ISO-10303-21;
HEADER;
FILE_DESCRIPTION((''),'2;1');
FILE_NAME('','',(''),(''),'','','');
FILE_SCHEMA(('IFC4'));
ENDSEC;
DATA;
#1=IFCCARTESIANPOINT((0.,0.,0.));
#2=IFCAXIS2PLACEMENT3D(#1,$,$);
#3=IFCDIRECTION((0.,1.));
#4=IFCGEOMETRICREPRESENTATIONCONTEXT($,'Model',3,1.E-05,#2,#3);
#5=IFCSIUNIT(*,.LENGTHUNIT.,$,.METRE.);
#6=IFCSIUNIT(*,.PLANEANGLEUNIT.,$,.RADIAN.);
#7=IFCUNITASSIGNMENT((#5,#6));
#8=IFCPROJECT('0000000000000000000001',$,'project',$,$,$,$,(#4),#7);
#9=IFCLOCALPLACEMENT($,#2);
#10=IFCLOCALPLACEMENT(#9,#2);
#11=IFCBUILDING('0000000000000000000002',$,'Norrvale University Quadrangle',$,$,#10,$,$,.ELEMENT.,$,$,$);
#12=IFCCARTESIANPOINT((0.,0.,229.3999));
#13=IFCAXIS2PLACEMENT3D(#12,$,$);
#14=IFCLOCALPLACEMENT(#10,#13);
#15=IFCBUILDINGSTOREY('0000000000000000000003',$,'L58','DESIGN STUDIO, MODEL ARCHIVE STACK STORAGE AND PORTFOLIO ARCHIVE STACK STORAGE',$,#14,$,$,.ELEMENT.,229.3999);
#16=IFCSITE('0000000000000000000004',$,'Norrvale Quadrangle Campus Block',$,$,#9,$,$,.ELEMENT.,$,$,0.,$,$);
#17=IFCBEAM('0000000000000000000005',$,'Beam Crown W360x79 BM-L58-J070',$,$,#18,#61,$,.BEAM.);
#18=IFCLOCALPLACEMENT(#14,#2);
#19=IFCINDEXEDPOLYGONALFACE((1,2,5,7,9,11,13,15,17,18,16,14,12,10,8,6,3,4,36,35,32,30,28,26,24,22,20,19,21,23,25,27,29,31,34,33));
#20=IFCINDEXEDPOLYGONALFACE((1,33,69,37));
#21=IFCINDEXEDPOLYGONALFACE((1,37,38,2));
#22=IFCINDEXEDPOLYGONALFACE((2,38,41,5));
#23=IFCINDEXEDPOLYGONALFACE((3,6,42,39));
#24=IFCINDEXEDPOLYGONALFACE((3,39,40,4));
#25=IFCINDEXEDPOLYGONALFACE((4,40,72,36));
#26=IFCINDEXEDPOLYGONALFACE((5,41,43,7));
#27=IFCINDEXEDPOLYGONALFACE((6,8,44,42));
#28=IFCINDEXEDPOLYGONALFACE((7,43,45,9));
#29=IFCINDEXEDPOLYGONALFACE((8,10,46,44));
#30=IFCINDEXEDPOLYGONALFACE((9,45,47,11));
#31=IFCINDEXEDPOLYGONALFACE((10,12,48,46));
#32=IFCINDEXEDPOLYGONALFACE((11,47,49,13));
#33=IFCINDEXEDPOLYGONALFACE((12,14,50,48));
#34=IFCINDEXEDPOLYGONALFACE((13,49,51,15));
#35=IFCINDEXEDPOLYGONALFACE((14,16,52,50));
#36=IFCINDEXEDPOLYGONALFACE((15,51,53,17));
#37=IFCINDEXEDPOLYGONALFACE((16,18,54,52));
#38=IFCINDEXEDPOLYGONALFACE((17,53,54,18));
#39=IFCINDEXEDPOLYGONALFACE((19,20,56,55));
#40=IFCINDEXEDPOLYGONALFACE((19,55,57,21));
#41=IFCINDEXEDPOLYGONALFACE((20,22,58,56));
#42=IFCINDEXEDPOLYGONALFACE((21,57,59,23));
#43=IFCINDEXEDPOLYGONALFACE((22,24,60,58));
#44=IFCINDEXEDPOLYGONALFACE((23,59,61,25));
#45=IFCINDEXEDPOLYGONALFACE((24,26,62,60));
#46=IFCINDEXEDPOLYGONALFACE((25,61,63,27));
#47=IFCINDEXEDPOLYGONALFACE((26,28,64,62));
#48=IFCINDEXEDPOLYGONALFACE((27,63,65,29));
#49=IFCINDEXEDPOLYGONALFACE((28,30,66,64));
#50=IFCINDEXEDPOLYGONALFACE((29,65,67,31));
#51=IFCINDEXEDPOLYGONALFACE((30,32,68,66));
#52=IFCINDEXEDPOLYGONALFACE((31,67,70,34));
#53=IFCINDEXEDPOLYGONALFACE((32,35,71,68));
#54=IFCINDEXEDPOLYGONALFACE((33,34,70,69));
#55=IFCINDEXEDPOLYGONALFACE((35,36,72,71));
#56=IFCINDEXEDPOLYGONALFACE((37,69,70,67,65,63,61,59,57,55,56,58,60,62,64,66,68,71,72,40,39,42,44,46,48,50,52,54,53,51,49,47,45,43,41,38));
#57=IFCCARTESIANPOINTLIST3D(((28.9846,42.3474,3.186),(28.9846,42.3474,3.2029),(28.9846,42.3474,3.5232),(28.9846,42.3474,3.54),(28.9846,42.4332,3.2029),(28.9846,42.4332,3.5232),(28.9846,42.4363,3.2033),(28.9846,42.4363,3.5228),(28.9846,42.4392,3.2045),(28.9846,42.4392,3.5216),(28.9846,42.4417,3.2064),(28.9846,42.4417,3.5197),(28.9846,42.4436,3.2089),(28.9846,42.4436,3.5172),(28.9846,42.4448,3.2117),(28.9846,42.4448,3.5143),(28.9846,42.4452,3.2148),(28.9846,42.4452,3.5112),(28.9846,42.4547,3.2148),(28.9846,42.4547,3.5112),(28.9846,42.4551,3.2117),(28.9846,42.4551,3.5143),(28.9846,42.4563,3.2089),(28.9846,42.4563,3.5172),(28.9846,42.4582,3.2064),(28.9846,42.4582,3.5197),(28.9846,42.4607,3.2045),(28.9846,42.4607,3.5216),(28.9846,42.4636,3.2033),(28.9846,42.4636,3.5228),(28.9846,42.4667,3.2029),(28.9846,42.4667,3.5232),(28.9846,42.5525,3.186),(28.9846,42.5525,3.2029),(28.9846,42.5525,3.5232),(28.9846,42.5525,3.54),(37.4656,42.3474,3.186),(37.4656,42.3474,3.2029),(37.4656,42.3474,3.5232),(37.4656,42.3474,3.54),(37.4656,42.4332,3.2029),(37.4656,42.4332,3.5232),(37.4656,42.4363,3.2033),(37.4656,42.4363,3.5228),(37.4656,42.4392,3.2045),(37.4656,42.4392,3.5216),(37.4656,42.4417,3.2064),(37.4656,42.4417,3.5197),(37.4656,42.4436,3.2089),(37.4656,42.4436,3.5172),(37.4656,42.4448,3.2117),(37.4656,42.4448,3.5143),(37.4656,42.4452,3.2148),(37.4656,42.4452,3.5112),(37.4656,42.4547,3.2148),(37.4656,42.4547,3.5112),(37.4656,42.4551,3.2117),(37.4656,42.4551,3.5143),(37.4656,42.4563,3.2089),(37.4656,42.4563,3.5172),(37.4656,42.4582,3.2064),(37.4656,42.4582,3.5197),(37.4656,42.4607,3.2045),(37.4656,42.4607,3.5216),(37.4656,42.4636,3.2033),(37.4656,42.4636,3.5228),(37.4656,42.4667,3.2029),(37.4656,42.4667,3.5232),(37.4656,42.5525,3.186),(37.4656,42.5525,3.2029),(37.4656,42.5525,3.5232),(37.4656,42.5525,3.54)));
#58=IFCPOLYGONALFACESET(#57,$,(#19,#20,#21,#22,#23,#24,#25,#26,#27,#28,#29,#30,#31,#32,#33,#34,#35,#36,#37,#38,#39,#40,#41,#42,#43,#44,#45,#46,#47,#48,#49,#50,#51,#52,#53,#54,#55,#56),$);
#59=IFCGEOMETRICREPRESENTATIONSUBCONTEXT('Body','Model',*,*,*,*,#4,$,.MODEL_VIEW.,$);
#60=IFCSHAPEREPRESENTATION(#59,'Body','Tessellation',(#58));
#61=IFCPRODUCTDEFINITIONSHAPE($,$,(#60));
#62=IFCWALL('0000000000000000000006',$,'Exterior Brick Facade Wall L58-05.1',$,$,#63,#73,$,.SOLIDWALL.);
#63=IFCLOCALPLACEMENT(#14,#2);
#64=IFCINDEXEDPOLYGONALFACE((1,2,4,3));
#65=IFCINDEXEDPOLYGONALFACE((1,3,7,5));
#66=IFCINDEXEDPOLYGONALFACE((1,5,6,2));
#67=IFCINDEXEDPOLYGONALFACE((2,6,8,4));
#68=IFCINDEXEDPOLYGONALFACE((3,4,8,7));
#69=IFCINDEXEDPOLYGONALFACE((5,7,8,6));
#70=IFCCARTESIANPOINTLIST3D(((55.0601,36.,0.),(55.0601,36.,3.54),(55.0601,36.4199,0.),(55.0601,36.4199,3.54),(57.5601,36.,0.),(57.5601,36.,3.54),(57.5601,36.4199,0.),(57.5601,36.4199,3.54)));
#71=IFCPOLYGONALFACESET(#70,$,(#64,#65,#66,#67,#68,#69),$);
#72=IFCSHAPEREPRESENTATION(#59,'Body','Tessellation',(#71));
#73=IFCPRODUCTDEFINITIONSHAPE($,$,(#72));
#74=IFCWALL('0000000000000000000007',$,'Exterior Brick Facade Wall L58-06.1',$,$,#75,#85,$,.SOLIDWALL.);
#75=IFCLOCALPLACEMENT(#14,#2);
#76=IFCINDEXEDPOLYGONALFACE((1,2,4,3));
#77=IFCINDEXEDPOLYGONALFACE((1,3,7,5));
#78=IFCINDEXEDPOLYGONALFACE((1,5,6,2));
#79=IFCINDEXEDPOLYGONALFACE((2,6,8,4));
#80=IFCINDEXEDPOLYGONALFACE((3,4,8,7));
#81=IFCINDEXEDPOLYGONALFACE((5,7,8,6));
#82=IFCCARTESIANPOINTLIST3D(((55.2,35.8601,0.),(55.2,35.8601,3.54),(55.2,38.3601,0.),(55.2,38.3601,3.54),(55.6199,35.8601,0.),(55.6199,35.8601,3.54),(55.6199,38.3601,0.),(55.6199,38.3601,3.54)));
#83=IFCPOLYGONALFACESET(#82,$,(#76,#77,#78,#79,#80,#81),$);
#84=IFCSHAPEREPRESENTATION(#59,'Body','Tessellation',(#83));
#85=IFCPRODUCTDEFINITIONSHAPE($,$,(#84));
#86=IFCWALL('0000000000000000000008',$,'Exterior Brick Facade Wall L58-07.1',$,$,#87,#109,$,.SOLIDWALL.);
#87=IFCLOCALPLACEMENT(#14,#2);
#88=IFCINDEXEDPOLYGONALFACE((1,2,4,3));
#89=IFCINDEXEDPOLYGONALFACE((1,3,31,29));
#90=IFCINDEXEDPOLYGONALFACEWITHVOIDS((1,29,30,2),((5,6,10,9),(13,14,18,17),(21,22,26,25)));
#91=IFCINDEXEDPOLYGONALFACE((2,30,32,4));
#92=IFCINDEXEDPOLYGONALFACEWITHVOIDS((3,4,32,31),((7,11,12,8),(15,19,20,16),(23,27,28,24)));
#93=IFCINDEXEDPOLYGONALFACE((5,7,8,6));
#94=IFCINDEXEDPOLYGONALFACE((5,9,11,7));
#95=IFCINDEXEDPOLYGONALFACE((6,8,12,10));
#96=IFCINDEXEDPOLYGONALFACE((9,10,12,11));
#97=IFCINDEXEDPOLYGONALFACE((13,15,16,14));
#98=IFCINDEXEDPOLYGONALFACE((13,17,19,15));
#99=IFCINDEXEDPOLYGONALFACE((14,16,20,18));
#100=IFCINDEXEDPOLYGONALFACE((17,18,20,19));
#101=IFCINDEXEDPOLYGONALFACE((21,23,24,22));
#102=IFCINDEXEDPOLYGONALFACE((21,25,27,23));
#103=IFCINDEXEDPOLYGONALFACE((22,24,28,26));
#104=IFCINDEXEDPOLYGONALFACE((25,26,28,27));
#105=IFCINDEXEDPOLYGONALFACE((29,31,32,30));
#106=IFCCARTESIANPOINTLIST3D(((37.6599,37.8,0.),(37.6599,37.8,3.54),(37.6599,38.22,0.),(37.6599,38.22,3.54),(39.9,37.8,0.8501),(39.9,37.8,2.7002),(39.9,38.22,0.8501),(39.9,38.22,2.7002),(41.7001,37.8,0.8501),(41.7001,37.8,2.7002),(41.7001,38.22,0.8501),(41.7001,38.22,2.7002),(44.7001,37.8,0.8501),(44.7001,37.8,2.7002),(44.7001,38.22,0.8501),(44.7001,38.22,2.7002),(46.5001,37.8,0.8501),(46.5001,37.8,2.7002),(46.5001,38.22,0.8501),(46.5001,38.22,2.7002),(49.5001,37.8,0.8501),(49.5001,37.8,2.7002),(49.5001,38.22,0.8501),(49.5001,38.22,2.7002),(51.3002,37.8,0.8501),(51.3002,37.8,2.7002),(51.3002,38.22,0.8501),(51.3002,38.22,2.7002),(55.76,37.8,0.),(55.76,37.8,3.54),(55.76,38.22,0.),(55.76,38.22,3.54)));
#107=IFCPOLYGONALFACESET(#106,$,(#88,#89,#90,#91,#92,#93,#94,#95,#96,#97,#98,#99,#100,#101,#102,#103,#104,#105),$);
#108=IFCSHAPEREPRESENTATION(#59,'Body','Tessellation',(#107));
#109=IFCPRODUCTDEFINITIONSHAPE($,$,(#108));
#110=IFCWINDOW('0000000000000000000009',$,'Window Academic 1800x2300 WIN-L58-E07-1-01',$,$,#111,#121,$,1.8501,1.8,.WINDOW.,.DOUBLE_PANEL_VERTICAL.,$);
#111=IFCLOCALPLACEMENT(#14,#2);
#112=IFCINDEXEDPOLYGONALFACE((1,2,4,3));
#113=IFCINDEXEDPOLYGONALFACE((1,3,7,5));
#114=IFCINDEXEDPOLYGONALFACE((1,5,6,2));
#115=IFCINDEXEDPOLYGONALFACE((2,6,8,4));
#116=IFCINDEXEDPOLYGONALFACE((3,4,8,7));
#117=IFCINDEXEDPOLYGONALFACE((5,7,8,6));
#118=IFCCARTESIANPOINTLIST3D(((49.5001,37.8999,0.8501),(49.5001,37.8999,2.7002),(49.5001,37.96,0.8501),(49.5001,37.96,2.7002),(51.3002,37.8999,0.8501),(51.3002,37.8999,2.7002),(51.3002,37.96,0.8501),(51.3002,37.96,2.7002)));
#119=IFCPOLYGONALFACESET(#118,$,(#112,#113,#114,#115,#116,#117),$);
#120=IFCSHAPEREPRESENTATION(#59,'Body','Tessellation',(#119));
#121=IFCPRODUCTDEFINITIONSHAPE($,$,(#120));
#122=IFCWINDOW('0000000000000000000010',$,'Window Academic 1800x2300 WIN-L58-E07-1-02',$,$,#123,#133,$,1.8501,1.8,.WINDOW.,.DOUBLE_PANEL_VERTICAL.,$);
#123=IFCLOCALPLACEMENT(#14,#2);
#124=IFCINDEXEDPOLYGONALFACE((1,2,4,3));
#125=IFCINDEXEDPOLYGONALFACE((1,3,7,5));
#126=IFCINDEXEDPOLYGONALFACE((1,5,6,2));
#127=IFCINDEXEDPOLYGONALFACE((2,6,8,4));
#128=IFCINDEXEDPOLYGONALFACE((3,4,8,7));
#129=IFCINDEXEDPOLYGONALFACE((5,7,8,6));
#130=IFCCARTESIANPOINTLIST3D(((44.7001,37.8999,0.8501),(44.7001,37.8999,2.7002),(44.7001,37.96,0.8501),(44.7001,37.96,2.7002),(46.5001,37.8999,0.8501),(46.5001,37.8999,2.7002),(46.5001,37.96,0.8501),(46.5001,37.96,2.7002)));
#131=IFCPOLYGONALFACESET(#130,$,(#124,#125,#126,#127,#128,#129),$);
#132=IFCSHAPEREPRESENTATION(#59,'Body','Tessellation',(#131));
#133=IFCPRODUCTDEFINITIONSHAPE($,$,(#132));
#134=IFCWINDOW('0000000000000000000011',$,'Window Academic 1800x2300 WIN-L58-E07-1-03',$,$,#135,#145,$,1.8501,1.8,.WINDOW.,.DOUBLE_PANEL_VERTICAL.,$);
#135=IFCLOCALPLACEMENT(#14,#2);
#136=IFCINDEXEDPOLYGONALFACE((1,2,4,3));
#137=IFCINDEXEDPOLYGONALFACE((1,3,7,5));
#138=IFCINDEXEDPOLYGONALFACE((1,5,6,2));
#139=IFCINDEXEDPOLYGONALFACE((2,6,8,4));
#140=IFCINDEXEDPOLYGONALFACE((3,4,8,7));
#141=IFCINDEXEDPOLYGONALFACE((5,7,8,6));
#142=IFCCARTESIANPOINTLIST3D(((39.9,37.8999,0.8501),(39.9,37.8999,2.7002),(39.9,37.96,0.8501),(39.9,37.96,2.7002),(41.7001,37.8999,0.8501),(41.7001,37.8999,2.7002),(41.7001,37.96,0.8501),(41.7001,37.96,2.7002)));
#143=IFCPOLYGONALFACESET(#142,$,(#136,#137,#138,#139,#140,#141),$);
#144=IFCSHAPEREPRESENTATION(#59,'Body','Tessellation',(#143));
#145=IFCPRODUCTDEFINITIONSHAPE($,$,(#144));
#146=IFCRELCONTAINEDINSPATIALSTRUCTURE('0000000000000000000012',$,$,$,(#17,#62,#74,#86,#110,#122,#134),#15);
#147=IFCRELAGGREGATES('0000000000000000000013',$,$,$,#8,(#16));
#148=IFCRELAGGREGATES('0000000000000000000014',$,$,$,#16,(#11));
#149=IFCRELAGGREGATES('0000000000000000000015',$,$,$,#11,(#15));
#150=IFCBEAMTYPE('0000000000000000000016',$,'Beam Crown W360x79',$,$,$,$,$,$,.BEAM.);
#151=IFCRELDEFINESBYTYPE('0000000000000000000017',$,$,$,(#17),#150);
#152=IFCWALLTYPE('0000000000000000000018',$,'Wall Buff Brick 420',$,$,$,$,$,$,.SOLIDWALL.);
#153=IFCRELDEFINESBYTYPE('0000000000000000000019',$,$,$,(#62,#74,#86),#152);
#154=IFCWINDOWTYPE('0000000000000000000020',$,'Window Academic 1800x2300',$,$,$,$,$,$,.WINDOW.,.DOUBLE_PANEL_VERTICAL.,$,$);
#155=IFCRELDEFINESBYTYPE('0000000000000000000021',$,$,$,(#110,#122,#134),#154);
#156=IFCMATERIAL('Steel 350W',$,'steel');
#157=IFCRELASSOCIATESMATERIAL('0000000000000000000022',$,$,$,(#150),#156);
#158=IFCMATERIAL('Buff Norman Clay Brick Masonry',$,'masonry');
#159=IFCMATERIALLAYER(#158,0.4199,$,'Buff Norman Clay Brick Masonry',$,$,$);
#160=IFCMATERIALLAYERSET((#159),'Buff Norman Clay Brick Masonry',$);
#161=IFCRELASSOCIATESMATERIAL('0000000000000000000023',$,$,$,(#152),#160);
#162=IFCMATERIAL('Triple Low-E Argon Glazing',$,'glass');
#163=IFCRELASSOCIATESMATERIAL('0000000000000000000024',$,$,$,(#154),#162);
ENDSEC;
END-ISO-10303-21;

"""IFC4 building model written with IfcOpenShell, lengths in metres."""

from ifc_helpers import new_model, si_unit, direction, frame, frame_2d, origin, origin_2d, place, context, subcontext, project, spatial, rectangle, i_section, extrude, material, layer, layer_set, material_profile, profile_set, type_object, element, fill, save


model = new_model("IFC4")

# Units and contexts
model_context = context("Model", 3, precision=1e-05, world=origin(), true_north=direction((0.0, 1.0)))
body_context = subcontext(model_context, "Body", "Model", "MODEL_VIEW")
ifc_project = project(units=[si_unit("LENGTHUNIT", "METRE"), si_unit("PLANEANGLEUNIT", "RADIAN")], contexts=[model_context])

# Site, building, storey
site_placement = place(None, origin())
site = spatial("IfcSite", under=ifc_project, at=site_placement, Name="Norrvale Quadrangle Campus Block", CompositionType="ELEMENT", RefElevation=0.0)
building_placement = place(site_placement, origin())
building = spatial("IfcBuilding", under=site, at=building_placement, Name="Norrvale University Quadrangle", CompositionType="ELEMENT")
storey_placement = place(building_placement, frame((0.0, 0.0, 229.3999)))
storey = spatial("IfcBuildingStorey", under=building, at=storey_placement, Name="L58", Description="DESIGN STUDIO, MODEL ARCHIVE STACK STORAGE AND PORTFOLIO ARCHIVE STACK STORAGE", CompositionType="ELEMENT", Elevation=229.3999)

# Beam
ifc_material_1 = material(Name="Steel 350W", Category="steel")
ifc_material_profile_1 = material_profile(ifc_material_1, i_section(OverallWidth=0.2051, OverallDepth=0.354, WebThickness=0.0095, FlangeThickness=0.0168, FilletRadius=0.012, at=origin_2d()), Name="Steel 350W")
ifc_profile_set_1 = profile_set([ifc_material_profile_1], Name="Steel 350W")
beam_type_1 = type_object("IfcBeamType", Name="Beam Crown W360x79", PredefinedType="BEAM", material=ifc_profile_set_1)
beam_placement = place(storey_placement, frame((28.9846, 42.45, 3.363), z_axis=(1.0, 0.0, 0.0), x_axis=(0.0, 1.0, 0.0)))
element("IfcBeam", 1, at=beam_placement, inside=storey, type_object=beam_type_1, Name="Beam Crown W360x79 BM-L58-J070", PredefinedType="BEAM", context=body_context, shape_type="SweptSolid", body=[
    extrude(i_section(OverallWidth=0.2051, OverallDepth=0.354, WebThickness=0.0095, FlangeThickness=0.0168, FilletRadius=0.012, at=origin_2d()), origin(), (0.0, 0.0, 1.0), 8.481),
])

# Walls
ifc_material_2 = material(Name="Buff Norman Clay Brick Masonry", Category="masonry")
ifc_layer_1 = layer(ifc_material_2, 0.4199, Name="Buff Norman Clay Brick Masonry")
ifc_layer_set_1 = layer_set([ifc_layer_1], Name="Buff Norman Clay Brick Masonry")
wall_type_1 = type_object("IfcWallType", Name="Wall Buff Brick 420", PredefinedType="SOLIDWALL", material=ifc_layer_set_1)
for number, where, z_axis, x_axis, name in (
    (2, (57.5601, 36.21, 0.0), (0.0, 0.0, 1.0), (-1.0, 0.0, 0.0), "Exterior Brick Facade Wall L58-05.1"),
    (3, (55.4099, 35.8601, 0.0), (0.0, 0.0, 1.0), (0.0, 1.0, 0.0), "Exterior Brick Facade Wall L58-06.1"),
):
    element("IfcWall", number, at=place(storey_placement, frame(where, z_axis=z_axis, x_axis=x_axis)), inside=storey, type_object=wall_type_1, Name=name, PredefinedType="SOLIDWALL", context=body_context, shape_type="SweptSolid", body=[
        extrude(rectangle(XDim=2.5, YDim=0.4199, at=frame_2d((1.25, 0.0))), origin(), (0.0, 0.0, 1.0), 3.54),
    ])

# Wall, openings, windows
wall_1_placement = place(storey_placement, frame((55.76, 38.01, 0.0), z_axis=(0.0, 0.0, 1.0), x_axis=(-1.0, 0.0, 0.0)))
wall_1 = element("IfcWall", 4, at=wall_1_placement, inside=storey, type_object=wall_type_1, Name="Exterior Brick Facade Wall L58-07.1", PredefinedType="SOLIDWALL", context=body_context, shape_type="SweptSolid", body=[
    extrude(rectangle(XDim=18.1001, YDim=0.4199, at=frame_2d((9.05, 0.0))), origin(), (0.0, 0.0, 1.0), 3.54),
])
opening_1_placement = place(wall_1_placement, frame((4.46, 0.0, 0.8501)))
opening_1 = element("IfcOpeningElement", 5, at=opening_1_placement, cuts=wall_1, PredefinedType="OPENING", context=body_context, shape_type="SweptSolid", body=[
    extrude(rectangle(XDim=1.8, YDim=1.8501, at=frame_2d((0.8999, 0.925))), frame((0.0, 0.2219, 0.0), z_axis=(0.0, -1.0, 0.0), x_axis=(1.0, 0.0, 0.0)), (0.0, 0.0, 1.0), 0.4438),
])
opening_2_placement = place(wall_1_placement, frame((9.26, 0.0, 0.8501)))
opening_2 = element("IfcOpeningElement", 6, at=opening_2_placement, cuts=wall_1, PredefinedType="OPENING", context=body_context, shape_type="SweptSolid", body=[
    extrude(rectangle(XDim=1.8, YDim=1.8501, at=frame_2d((0.8999, 0.925))), frame((0.0, 0.2219, 0.0), z_axis=(0.0, -1.0, 0.0), x_axis=(1.0, 0.0, 0.0)), (0.0, 0.0, 1.0), 0.4438),
])
opening_3_placement = place(wall_1_placement, frame((14.0601, 0.0, 0.8501)))
opening_3 = element("IfcOpeningElement", 7, at=opening_3_placement, cuts=wall_1, PredefinedType="OPENING", context=body_context, shape_type="SweptSolid", body=[
    extrude(rectangle(XDim=1.8, YDim=1.8501, at=frame_2d((0.8999, 0.925))), frame((0.0, 0.2219, 0.0), z_axis=(0.0, -1.0, 0.0), x_axis=(1.0, 0.0, 0.0)), (0.0, 0.0, 1.0), 0.4438),
])
ifc_material_3 = material(Name="Triple Low-E Argon Glazing", Category="glass")
window_type_1 = type_object("IfcWindowType", Name="Window Academic 1800x2300", PartitioningType="DOUBLE_PANEL_VERTICAL", PredefinedType="WINDOW", material=ifc_material_3)
window_1_placement = place(opening_1_placement, origin())
window_1 = element("IfcWindow", 8, at=window_1_placement, inside=storey, type_object=window_type_1, Name="Window Academic 1800x2300 WIN-L58-E07-1-01", OverallHeight=1.8501, OverallWidth=1.8, PartitioningType="DOUBLE_PANEL_VERTICAL", PredefinedType="WINDOW", context=body_context, shape_type="SweptSolid", body=[
    extrude(rectangle(XDim=1.8, YDim=1.8501, at=frame_2d((0.8999, 0.925))), frame((0.0, 0.1101, 0.0), z_axis=(0.0, -1.0, 0.0), x_axis=(1.0, 0.0, 0.0)), (0.0, 0.0, 1.0), 0.0601),
])
fill(opening_1, window_1)
window_2_placement = place(opening_2_placement, origin())
window_2 = element("IfcWindow", 9, at=window_2_placement, inside=storey, type_object=window_type_1, Name="Window Academic 1800x2300 WIN-L58-E07-1-02", OverallHeight=1.8501, OverallWidth=1.8, PartitioningType="DOUBLE_PANEL_VERTICAL", PredefinedType="WINDOW", context=body_context, shape_type="SweptSolid", body=[
    extrude(rectangle(XDim=1.8, YDim=1.8501, at=frame_2d((0.8999, 0.925))), frame((0.0, 0.1101, 0.0), z_axis=(0.0, -1.0, 0.0), x_axis=(1.0, 0.0, 0.0)), (0.0, 0.0, 1.0), 0.0601),
])
fill(opening_2, window_2)
window_3_placement = place(opening_3_placement, origin())
window_3 = element("IfcWindow", 10, at=window_3_placement, inside=storey, type_object=window_type_1, Name="Window Academic 1800x2300 WIN-L58-E07-1-03", OverallHeight=1.8501, OverallWidth=1.8, PartitioningType="DOUBLE_PANEL_VERTICAL", PredefinedType="WINDOW", context=body_context, shape_type="SweptSolid", body=[
    extrude(rectangle(XDim=1.8, YDim=1.8501, at=frame_2d((0.8999, 0.925))), frame((0.0, 0.1101, 0.0), z_axis=(0.0, -1.0, 0.0), x_axis=(1.0, 0.0, 0.0)), (0.0, 0.0, 1.0), 0.0601),
])
fill(opening_3, window_3)

save(model, "model.ifc")
